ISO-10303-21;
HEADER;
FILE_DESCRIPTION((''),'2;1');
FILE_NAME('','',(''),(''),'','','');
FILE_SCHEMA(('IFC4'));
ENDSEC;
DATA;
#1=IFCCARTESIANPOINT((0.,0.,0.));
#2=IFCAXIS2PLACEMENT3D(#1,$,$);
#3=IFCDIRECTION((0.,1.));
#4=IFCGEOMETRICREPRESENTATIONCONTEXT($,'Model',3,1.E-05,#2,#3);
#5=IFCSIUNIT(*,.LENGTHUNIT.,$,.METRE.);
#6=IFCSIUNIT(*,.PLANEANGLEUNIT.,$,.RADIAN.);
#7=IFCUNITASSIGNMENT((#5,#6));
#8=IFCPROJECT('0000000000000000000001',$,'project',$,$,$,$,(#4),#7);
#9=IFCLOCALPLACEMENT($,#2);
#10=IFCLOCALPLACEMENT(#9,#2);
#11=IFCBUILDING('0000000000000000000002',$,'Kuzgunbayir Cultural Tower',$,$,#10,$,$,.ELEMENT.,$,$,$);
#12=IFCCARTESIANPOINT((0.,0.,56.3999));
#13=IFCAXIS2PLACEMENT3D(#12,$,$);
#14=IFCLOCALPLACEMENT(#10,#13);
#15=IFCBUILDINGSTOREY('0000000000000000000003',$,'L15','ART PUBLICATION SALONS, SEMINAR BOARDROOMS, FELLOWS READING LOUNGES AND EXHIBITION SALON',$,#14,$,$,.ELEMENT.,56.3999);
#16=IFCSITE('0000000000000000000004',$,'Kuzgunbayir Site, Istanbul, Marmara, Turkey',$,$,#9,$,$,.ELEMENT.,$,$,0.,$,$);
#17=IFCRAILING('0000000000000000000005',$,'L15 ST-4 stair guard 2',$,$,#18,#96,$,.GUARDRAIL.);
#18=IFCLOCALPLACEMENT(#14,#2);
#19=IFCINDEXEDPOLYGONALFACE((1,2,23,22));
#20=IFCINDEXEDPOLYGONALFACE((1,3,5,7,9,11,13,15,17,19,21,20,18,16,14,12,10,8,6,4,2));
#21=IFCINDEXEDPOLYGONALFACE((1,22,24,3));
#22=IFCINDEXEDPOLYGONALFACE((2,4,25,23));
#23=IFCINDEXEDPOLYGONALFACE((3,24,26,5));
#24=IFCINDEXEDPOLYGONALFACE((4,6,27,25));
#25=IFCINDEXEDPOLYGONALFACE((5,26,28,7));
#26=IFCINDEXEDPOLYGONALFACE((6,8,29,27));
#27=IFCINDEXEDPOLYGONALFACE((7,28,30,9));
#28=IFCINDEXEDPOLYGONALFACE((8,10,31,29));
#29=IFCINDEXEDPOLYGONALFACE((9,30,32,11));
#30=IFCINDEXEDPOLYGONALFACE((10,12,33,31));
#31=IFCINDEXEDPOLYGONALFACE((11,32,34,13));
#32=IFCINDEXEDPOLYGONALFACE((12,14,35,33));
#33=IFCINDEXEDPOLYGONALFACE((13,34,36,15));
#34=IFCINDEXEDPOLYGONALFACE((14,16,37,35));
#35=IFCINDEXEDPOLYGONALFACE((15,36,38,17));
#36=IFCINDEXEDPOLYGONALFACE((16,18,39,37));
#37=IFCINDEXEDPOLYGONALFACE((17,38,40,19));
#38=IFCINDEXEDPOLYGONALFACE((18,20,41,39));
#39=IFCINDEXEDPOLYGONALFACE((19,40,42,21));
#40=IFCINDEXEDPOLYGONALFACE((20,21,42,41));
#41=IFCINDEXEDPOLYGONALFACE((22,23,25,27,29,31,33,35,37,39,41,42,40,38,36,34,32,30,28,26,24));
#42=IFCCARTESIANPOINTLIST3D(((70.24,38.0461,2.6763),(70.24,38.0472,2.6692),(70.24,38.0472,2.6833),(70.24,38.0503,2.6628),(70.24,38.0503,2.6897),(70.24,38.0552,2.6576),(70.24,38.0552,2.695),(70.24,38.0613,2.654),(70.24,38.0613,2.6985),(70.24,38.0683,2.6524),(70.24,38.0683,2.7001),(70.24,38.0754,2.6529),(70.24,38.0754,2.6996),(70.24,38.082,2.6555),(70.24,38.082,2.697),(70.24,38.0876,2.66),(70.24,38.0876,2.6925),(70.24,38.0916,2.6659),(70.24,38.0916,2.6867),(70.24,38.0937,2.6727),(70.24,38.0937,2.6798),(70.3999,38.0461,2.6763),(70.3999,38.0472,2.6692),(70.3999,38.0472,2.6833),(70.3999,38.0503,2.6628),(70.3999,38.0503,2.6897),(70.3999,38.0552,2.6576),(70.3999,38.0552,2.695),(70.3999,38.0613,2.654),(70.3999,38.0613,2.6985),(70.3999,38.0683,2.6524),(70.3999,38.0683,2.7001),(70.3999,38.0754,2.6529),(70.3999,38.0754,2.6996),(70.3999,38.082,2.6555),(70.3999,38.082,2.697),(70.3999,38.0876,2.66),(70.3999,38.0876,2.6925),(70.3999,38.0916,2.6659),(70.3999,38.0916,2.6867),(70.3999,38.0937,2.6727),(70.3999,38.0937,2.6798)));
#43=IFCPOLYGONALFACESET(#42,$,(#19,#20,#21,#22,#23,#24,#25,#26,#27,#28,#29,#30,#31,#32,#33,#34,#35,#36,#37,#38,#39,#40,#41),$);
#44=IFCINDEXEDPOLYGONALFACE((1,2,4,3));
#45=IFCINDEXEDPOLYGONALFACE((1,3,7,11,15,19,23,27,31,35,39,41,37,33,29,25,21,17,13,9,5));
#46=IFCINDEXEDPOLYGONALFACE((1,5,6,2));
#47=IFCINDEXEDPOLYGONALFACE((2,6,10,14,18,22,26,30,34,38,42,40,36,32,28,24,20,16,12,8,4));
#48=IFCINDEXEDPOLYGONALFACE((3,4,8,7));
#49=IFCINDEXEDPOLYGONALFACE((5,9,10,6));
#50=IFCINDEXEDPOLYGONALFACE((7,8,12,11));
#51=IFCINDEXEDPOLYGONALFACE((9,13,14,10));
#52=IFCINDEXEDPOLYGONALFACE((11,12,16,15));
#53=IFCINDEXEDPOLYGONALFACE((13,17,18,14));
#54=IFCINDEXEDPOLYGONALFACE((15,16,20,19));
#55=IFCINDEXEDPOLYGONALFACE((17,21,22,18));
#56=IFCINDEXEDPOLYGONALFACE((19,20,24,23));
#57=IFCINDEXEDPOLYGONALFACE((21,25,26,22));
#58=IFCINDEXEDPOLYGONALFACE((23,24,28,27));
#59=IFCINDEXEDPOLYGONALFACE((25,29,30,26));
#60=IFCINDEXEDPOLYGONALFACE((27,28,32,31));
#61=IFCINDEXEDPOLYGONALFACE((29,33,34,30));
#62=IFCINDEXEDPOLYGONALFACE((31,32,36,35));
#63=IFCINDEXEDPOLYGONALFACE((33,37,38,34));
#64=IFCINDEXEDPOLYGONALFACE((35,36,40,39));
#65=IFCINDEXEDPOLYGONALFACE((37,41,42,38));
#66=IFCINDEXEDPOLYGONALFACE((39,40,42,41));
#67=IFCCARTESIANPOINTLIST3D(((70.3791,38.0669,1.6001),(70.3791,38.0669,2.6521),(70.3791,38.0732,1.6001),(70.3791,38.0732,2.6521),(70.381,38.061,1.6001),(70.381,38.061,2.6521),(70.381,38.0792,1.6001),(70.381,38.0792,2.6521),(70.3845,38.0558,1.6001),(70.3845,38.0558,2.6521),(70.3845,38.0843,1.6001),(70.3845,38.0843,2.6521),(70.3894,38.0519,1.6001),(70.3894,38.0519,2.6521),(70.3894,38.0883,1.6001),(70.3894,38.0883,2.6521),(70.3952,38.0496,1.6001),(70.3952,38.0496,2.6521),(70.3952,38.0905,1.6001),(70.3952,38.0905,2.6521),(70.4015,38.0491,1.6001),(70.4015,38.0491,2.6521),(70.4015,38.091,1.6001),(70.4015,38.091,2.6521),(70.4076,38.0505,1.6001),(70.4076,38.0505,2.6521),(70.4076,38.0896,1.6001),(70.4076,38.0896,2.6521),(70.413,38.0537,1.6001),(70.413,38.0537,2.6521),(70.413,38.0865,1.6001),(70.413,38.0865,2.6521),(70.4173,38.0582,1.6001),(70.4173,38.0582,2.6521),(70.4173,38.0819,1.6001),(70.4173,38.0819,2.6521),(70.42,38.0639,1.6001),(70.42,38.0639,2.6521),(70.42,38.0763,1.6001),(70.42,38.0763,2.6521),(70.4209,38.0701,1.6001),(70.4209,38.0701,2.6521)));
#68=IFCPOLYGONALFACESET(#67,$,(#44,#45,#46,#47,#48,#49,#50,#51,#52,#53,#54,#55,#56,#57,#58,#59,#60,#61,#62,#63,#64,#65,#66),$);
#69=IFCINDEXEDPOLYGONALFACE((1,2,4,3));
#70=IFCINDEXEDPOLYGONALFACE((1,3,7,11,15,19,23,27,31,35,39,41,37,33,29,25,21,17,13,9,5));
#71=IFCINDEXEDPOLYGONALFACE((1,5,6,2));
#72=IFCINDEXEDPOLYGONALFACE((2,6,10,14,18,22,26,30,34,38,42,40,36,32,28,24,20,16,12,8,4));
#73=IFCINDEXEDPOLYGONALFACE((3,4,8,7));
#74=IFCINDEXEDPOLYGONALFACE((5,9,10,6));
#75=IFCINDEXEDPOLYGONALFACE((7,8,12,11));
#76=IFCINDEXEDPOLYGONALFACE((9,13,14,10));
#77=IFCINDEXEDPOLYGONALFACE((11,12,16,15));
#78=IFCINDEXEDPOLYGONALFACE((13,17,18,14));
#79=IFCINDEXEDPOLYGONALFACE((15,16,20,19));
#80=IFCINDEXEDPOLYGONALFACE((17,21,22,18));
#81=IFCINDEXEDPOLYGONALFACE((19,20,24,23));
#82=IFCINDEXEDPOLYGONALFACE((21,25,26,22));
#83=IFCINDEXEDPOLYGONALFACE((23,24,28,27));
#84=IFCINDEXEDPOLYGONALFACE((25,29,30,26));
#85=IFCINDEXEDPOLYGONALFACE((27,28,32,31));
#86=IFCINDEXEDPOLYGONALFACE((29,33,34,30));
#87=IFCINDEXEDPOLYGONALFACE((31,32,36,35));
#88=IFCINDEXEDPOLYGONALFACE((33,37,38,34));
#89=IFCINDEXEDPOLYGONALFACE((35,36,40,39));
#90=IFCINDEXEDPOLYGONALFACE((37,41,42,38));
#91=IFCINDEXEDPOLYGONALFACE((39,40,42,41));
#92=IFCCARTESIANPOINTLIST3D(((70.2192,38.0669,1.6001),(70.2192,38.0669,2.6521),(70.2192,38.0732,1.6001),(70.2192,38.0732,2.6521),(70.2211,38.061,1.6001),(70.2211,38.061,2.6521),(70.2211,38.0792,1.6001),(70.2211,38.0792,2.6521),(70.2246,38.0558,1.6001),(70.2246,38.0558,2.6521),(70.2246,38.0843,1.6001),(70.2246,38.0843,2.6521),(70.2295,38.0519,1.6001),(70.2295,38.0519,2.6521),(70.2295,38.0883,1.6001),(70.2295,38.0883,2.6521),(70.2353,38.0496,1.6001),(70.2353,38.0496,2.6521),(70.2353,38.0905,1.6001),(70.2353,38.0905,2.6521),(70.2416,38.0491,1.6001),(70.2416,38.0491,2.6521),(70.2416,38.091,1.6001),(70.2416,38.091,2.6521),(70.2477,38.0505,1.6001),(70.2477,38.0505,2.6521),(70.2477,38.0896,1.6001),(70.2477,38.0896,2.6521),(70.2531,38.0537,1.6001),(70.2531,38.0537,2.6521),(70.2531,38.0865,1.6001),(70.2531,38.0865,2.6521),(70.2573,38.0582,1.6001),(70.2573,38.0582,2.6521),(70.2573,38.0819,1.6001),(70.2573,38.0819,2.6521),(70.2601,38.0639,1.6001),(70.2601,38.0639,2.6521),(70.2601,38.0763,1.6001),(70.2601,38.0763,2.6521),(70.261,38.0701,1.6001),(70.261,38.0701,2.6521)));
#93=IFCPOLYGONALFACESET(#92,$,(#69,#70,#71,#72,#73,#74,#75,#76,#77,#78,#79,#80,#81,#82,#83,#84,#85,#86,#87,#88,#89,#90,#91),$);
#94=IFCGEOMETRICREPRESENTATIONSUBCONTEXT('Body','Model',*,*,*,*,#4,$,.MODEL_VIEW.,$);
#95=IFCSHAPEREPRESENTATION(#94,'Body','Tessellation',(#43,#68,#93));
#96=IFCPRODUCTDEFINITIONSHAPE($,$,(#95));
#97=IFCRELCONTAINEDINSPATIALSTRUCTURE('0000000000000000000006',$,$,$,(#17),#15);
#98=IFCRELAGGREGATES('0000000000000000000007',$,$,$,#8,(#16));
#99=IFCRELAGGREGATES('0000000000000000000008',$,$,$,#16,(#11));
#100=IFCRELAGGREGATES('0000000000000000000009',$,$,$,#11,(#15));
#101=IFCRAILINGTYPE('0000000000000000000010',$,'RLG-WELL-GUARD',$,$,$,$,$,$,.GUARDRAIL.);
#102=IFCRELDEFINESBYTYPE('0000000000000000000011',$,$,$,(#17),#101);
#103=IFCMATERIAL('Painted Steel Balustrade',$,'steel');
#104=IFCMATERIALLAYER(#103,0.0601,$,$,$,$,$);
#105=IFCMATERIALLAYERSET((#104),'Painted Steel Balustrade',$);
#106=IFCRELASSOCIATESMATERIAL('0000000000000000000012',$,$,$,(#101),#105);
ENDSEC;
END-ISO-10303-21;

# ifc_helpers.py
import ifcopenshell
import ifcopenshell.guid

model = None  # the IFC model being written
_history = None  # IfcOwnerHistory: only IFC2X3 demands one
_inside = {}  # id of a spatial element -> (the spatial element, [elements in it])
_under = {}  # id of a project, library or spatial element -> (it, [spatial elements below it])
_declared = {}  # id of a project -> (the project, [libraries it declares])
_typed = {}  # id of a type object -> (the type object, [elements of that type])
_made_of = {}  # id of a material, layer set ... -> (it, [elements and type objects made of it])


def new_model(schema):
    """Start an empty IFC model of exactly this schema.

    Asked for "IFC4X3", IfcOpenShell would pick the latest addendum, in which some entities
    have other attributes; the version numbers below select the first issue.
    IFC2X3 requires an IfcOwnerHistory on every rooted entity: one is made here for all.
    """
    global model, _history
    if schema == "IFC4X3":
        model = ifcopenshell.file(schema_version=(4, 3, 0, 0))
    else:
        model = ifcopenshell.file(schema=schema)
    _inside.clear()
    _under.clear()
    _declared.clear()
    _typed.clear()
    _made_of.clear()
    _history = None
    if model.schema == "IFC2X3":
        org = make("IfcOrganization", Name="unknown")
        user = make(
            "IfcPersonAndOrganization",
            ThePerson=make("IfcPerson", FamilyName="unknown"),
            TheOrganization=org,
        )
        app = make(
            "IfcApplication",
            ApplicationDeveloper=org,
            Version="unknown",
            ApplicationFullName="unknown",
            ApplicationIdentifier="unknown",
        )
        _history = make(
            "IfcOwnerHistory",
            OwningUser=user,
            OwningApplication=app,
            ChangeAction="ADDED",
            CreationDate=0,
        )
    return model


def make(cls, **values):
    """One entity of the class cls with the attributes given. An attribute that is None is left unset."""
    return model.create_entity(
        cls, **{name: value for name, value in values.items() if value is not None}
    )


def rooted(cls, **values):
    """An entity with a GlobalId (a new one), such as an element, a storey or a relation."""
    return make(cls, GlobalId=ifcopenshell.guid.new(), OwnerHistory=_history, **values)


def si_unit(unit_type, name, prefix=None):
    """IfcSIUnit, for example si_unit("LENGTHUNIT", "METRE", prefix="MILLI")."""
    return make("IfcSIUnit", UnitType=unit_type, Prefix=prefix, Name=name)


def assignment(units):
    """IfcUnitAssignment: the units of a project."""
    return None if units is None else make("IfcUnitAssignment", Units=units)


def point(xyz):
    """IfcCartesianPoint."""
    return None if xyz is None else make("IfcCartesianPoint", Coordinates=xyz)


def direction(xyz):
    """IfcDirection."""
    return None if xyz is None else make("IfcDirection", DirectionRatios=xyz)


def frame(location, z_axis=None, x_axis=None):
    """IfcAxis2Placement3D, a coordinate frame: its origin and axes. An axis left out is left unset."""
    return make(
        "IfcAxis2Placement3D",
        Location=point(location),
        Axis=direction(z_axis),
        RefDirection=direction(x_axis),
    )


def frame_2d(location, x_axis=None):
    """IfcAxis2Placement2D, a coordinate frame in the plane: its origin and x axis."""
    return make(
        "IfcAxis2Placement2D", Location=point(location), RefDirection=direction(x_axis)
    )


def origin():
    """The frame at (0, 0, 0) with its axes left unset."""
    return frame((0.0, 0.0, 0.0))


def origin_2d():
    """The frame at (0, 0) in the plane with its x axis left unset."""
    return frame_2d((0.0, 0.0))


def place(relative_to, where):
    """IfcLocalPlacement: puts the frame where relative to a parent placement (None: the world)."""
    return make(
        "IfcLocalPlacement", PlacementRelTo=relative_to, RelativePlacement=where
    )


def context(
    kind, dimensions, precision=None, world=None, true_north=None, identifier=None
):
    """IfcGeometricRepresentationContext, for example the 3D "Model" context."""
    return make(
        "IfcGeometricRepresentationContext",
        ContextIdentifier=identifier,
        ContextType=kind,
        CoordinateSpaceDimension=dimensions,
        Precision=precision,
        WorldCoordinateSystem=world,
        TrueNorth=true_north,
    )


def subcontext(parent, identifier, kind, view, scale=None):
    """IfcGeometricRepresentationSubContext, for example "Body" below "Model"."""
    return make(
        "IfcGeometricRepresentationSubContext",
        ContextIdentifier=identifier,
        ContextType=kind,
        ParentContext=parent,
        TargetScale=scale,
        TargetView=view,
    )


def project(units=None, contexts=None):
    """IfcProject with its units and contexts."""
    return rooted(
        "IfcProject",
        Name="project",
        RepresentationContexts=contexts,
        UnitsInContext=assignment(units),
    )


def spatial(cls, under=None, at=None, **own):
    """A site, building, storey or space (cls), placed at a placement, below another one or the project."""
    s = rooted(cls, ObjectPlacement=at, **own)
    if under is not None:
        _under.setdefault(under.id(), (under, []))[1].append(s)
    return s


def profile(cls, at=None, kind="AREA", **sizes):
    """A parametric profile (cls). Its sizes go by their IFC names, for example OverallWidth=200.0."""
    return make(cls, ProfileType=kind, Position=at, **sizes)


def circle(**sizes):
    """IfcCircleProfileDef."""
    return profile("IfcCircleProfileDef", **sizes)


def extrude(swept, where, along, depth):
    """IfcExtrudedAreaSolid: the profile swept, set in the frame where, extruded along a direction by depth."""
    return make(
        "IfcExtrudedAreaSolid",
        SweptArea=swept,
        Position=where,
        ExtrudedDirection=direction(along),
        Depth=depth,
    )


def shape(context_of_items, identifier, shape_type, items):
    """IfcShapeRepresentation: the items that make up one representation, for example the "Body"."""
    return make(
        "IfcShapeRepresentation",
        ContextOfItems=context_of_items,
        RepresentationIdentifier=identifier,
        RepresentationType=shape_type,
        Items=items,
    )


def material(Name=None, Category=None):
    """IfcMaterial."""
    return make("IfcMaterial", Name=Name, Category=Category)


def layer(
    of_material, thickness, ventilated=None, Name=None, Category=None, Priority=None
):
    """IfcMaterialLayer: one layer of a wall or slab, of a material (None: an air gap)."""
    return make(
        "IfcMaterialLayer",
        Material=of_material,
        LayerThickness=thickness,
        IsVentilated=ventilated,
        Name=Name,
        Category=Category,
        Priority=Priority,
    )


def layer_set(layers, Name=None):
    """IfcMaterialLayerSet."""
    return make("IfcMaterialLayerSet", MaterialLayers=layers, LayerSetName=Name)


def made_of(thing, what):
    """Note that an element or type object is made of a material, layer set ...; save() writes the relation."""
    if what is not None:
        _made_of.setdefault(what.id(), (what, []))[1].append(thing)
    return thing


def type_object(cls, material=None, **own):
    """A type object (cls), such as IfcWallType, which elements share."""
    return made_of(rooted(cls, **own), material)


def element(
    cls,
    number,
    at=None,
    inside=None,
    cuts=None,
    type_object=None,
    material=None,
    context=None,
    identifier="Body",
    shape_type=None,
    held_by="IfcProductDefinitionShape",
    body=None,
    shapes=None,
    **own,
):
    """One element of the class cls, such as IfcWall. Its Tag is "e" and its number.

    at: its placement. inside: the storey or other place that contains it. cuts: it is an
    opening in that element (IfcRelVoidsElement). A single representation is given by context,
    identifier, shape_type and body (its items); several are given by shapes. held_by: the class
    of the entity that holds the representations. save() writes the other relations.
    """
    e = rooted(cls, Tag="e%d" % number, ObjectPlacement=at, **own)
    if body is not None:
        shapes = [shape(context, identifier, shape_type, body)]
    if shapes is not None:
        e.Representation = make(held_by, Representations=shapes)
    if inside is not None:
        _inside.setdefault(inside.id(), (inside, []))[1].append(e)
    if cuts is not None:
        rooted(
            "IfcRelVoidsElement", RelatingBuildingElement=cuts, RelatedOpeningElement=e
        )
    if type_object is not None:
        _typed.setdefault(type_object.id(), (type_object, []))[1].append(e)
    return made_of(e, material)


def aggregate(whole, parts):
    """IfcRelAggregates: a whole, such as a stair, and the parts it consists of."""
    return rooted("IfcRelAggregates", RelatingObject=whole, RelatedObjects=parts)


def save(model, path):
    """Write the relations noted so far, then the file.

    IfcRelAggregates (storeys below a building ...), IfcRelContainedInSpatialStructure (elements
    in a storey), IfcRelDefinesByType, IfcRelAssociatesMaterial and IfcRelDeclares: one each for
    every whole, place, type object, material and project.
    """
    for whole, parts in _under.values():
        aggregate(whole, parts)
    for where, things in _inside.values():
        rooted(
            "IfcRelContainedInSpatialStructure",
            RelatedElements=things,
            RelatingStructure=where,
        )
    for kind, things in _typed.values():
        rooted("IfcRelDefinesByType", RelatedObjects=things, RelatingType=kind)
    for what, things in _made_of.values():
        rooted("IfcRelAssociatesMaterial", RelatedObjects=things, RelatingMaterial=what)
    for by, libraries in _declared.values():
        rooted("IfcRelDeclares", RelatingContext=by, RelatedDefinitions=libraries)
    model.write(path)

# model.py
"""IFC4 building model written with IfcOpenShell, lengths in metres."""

from ifc_helpers import new_model, si_unit, direction, frame, origin, origin_2d, place, context, subcontext, project, spatial, circle, extrude, material, layer, layer_set, type_object, element, save


model = new_model("IFC4")

# Units and contexts
model_context = context("Model", 3, precision=1e-05, world=origin(), true_north=direction((0.0, 1.0)))
body_context = subcontext(model_context, "Body", "Model", "MODEL_VIEW")
ifc_project = project(units=[si_unit("LENGTHUNIT", "METRE"), si_unit("PLANEANGLEUNIT", "RADIAN")], contexts=[model_context])

# Site, building, storey
site_placement = place(None, origin())
site = spatial("IfcSite", under=ifc_project, at=site_placement, Name="Kuzgunbayir Site, Istanbul, Marmara, Turkey", CompositionType="ELEMENT", RefElevation=0.0)
building_placement = place(site_placement, origin())
building = spatial("IfcBuilding", under=site, at=building_placement, Name="Kuzgunbayir Cultural Tower", CompositionType="ELEMENT")
storey_placement = place(building_placement, frame((0.0, 0.0, 56.3999)))
storey = spatial("IfcBuildingStorey", under=building, at=storey_placement, Name="L15", Description="ART PUBLICATION SALONS, SEMINAR BOARDROOMS, FELLOWS READING LOUNGES AND EXHIBITION SALON", CompositionType="ELEMENT", Elevation=56.3999)

# Railing
ifc_material_1 = material(Name="Painted Steel Balustrade", Category="steel")
ifc_layer_1 = layer(ifc_material_1, 0.0601)
ifc_layer_set_1 = layer_set([ifc_layer_1], Name="Painted Steel Balustrade")
railing_type_1 = type_object("IfcRailingType", Name="RLG-WELL-GUARD", PredefinedType="GUARDRAIL", material=ifc_layer_set_1)
railing_1_placement = place(storey_placement, frame((70.3999, 38.0701, 1.6001)))
element("IfcRailing", 1, at=railing_1_placement, inside=storey, type_object=railing_type_1, Name="L15 ST-4 stair guard 2", PredefinedType="GUARDRAIL", context=body_context, shape_type="SweptSolid", body=[
    extrude(circle(Radius=0.0239, at=origin_2d()), frame((0.0, 0.0, 1.0762), z_axis=(-1.0, 0.0, 0.0), x_axis=(0.0, -1.0, 0.0)), (0.0, 0.0, 1.0), 0.1599),
    extrude(circle(Radius=0.021, at=origin_2d()), origin(), (0.0, 0.0, 1.0), 1.052),
    extrude(circle(Radius=0.021, at=origin_2d()), frame((-0.1599, 0.0, 0.0)), (0.0, 0.0, 1.0), 1.052),
])

save(model, "model.ifc")
